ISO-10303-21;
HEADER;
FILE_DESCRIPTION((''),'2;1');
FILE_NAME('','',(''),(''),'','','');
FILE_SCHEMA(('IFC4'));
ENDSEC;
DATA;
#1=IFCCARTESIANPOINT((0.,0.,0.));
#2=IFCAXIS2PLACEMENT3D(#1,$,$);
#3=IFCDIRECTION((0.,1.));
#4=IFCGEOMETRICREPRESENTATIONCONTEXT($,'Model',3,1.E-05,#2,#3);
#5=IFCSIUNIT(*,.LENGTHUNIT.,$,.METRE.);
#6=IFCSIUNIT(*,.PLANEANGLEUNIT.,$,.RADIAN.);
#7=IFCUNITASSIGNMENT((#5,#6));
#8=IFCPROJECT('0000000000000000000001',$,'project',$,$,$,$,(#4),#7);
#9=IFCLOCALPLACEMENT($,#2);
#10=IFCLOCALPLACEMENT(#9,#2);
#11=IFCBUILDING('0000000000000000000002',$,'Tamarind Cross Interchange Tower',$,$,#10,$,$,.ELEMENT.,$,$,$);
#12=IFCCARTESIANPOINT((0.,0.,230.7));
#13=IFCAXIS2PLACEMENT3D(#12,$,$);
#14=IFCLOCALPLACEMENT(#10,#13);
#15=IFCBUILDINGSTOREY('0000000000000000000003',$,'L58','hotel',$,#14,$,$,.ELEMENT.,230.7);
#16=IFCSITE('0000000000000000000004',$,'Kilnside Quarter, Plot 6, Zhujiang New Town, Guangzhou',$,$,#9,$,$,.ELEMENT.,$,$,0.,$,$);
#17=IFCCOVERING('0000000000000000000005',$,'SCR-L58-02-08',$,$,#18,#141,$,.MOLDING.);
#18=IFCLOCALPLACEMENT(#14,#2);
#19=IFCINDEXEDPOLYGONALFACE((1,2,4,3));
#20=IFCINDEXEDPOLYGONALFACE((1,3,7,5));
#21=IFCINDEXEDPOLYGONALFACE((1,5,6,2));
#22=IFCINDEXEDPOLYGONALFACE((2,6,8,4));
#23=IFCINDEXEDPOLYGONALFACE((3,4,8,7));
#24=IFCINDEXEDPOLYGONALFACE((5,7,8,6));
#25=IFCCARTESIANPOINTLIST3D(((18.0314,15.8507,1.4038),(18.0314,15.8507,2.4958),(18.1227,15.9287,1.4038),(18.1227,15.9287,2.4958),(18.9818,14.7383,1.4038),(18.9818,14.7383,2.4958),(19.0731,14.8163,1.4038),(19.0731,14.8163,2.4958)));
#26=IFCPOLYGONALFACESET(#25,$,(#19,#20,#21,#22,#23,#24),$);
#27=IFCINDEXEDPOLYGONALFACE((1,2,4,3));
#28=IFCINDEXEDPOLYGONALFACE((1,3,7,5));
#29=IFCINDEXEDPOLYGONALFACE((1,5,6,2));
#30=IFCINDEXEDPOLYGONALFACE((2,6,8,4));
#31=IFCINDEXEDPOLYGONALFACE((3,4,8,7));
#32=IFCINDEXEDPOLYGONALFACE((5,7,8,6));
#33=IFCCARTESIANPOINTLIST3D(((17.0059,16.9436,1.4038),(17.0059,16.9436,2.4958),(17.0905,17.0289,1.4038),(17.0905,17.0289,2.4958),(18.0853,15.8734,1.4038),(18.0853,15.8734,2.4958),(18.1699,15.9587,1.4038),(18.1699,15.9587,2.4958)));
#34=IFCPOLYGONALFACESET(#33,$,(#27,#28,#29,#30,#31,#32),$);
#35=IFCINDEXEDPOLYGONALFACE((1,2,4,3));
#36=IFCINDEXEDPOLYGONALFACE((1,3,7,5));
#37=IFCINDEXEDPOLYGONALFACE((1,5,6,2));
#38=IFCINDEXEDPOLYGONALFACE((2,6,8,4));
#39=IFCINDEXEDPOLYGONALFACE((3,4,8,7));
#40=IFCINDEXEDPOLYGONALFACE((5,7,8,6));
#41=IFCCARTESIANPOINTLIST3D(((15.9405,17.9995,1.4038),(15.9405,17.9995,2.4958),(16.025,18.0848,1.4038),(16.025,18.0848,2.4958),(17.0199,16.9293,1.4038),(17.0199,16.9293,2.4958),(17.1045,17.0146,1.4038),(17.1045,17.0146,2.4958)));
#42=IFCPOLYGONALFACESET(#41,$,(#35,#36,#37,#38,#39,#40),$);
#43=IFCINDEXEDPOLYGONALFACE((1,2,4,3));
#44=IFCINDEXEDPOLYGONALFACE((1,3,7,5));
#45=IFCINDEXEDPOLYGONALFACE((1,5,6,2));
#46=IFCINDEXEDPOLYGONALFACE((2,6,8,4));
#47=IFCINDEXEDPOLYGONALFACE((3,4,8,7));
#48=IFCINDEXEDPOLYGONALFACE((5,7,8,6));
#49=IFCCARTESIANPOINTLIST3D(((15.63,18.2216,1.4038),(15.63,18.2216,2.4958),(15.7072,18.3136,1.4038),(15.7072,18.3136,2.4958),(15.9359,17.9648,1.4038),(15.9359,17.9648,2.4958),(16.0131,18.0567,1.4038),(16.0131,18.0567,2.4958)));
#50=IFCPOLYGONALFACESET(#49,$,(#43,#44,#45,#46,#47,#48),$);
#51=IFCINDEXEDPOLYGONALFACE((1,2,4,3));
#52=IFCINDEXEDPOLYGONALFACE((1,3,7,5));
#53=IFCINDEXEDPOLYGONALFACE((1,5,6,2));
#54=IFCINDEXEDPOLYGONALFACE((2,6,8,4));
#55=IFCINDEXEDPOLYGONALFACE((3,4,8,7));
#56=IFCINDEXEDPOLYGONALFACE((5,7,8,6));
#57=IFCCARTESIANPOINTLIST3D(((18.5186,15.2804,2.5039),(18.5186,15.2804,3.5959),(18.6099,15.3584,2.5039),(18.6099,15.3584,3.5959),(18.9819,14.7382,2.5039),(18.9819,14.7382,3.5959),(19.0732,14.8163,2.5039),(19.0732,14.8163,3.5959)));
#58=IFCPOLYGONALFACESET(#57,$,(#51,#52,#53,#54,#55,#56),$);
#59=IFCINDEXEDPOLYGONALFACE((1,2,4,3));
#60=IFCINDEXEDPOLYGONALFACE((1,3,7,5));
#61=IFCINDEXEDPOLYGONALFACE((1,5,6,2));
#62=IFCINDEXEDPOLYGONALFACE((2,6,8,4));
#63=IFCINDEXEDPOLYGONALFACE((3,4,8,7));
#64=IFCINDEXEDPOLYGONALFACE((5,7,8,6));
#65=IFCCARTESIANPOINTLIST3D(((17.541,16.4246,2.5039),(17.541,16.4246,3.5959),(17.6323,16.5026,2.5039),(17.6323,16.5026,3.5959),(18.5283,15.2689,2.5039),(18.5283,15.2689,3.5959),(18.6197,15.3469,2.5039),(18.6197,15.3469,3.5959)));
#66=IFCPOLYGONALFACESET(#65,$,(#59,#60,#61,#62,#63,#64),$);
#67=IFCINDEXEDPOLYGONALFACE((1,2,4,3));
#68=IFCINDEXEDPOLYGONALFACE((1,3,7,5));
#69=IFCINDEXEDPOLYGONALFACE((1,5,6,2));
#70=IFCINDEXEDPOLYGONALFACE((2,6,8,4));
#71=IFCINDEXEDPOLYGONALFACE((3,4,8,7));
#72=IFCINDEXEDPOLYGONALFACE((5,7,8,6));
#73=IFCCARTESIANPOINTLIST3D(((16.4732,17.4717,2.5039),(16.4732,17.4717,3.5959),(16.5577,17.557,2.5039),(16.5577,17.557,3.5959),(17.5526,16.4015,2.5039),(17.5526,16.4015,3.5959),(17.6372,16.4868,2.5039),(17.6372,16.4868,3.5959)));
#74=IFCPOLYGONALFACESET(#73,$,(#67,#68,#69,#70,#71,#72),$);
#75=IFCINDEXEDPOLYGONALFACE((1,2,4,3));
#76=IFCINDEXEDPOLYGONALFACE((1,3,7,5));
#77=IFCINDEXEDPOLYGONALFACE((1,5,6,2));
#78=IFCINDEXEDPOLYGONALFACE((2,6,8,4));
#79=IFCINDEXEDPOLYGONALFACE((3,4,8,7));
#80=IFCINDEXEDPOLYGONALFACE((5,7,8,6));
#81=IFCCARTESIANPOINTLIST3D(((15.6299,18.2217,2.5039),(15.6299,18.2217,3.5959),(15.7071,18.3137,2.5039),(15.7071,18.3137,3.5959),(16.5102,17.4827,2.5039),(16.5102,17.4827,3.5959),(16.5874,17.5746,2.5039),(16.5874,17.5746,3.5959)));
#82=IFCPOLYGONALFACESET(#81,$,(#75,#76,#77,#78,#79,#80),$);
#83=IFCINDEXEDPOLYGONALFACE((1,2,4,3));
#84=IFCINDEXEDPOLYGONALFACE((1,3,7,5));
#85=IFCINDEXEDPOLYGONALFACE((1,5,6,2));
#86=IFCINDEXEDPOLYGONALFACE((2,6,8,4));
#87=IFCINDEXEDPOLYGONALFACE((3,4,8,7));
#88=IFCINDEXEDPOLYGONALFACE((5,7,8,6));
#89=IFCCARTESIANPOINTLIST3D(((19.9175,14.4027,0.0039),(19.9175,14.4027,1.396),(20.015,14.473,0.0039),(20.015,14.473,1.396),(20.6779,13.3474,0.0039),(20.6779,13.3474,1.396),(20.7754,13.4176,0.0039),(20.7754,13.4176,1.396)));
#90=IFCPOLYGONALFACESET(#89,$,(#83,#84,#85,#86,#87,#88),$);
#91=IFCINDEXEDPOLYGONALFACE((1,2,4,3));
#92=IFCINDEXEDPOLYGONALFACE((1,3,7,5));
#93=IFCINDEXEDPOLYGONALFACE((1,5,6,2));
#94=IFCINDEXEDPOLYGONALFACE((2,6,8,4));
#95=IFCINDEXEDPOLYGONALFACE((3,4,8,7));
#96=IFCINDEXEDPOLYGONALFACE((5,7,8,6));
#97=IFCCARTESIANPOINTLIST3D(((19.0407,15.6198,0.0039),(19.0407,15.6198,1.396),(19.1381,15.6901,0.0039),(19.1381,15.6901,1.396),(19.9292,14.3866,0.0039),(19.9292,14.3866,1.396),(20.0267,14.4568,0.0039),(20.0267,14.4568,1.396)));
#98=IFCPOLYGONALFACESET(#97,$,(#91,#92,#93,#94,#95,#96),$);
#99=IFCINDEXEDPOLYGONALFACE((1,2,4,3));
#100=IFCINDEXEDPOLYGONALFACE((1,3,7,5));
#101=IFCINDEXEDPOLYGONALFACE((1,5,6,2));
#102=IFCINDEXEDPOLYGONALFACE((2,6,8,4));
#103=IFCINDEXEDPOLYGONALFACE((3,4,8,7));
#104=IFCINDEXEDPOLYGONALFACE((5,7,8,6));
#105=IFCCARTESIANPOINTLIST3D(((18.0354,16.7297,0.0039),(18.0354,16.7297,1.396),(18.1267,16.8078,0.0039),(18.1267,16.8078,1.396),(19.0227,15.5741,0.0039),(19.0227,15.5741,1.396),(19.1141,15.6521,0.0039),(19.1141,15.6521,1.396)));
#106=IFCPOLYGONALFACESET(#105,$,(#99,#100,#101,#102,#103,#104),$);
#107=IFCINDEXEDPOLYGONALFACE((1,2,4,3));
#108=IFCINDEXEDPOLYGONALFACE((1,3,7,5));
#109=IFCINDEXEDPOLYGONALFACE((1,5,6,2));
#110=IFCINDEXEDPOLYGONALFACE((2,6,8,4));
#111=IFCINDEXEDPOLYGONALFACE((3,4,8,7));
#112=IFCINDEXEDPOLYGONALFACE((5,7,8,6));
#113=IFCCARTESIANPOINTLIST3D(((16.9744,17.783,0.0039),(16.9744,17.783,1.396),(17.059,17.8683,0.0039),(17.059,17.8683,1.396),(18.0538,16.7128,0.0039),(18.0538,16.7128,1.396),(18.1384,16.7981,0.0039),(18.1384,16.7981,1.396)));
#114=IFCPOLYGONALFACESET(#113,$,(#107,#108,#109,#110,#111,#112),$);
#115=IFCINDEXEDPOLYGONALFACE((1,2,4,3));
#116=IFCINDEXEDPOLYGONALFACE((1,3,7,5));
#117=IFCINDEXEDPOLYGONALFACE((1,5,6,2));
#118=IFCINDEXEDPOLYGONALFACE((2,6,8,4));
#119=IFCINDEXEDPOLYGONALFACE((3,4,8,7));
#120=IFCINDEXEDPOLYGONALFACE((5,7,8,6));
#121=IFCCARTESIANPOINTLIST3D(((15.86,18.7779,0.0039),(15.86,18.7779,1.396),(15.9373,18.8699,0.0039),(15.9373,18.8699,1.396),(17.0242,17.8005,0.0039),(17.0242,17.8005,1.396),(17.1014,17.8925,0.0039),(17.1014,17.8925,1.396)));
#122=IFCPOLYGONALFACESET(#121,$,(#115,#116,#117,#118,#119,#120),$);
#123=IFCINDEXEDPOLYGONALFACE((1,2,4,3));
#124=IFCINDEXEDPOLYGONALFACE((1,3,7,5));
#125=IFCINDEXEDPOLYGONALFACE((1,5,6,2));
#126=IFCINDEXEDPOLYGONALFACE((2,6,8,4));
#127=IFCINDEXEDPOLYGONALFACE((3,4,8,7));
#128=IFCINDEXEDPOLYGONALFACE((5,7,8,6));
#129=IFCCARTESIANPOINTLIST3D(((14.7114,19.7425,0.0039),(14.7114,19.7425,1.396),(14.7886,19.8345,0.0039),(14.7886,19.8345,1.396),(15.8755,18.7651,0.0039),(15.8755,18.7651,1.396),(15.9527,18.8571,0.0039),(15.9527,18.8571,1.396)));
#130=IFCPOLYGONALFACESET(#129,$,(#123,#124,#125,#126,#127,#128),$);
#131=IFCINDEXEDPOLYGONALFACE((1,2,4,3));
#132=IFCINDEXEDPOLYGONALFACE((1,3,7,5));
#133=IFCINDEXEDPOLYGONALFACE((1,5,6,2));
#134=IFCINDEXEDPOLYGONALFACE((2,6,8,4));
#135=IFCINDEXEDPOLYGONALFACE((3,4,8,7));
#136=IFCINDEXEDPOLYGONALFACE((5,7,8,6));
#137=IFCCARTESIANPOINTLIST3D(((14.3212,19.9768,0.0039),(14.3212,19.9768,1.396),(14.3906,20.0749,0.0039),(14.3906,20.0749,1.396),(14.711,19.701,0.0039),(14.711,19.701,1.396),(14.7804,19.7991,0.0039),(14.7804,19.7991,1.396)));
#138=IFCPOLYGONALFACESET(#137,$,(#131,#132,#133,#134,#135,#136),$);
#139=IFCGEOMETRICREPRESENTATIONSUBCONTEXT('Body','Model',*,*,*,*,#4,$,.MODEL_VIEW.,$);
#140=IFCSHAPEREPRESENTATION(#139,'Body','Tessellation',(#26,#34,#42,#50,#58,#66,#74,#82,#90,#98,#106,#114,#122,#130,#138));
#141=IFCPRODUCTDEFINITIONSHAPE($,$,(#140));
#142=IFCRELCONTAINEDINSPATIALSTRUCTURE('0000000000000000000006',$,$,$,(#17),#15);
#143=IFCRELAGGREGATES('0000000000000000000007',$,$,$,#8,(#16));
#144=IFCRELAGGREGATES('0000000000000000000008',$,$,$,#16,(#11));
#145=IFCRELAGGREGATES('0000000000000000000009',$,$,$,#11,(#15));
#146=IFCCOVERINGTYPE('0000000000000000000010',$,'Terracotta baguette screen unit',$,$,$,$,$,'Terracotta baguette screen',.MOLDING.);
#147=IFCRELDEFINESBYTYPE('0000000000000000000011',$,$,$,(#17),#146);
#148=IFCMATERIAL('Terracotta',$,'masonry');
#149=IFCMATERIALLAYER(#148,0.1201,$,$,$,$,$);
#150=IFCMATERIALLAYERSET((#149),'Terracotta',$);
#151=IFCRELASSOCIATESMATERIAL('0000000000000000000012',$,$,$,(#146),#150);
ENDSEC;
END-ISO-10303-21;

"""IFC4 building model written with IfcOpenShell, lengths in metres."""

from ifc_helpers import new_model, si_unit, direction, frame, origin, origin_2d, place, context, subcontext, project, spatial, rectangle, extrude, material, layer, layer_set, type_object, element, save


model = new_model("IFC4")

# Units and contexts
model_context = context("Model", 3, precision=1e-05, world=origin(), true_north=direction((0.0, 1.0)))
body_context = subcontext(model_context, "Body", "Model", "MODEL_VIEW")
ifc_project = project(units=[si_unit("LENGTHUNIT", "METRE"), si_unit("PLANEANGLEUNIT", "RADIAN")], contexts=[model_context])

# Site, building, storey
site_placement = place(None, origin())
site = spatial("IfcSite", under=ifc_project, at=site_placement, Name="Kilnside Quarter, Plot 6, Zhujiang New Town, Guangzhou", CompositionType="ELEMENT", RefElevation=0.0)
building_placement = place(site_placement, origin())
building = spatial("IfcBuilding", under=site, at=building_placement, Name="Tamarind Cross Interchange Tower", CompositionType="ELEMENT")
storey_placement = place(building_placement, frame((0.0, 0.0, 230.7)))
storey = spatial("IfcBuildingStorey", under=building, at=storey_placement, Name="L58", Description="hotel", CompositionType="ELEMENT", Elevation=230.7)

# Covering
ifc_material_1 = material(Name="Terracotta", Category="masonry")
ifc_layer_1 = layer(ifc_material_1, 0.1201)
ifc_layer_set_1 = layer_set([ifc_layer_1], Name="Terracotta")
covering_type = type_object("IfcCoveringType", Name="Terracotta baguette screen unit", ElementType="Terracotta baguette screen", PredefinedType="MOLDING", material=ifc_layer_set_1)
covering_1_placement = place(storey_placement, origin())
element("IfcCovering", 1, at=covering_1_placement, inside=storey, type_object=covering_type, Name="SCR-L58-02-08", PredefinedType="MOLDING", context=body_context, shape_type="SweptSolid", body=[
    extrude(rectangle(XDim=1.4631, YDim=0.1201, at=origin_2d()), frame((18.5522, 15.3335, 1.4038), z_axis=(0.0, 0.0, 1.0), x_axis=(-0.649577, 0.760296, 0.0)), (0.0, 0.0, 1.0), 1.092),
    extrude(rectangle(XDim=1.52, YDim=0.1201, at=origin_2d()), frame((17.5879, 16.4512, 1.4038), z_axis=(0.0, 0.0, 1.0), x_axis=(-0.710143, 0.704057, 0.0)), (0.0, 0.0, 1.0), 1.092),
    extrude(rectangle(XDim=1.52, YDim=0.1201, at=origin_2d()), frame((16.5225, 17.5071, 1.4038), z_axis=(0.0, 0.0, 1.0), x_axis=(-0.710143, 0.704057, 0.0)), (0.0, 0.0, 1.0), 1.092),
    extrude(rectangle(XDim=0.3994, YDim=0.1201, at=origin_2d()), frame((15.8215, 18.1392, 1.4038), z_axis=(0.0, 0.0, 1.0), x_axis=(-0.765858, 0.643009, 0.0)), (0.0, 0.0, 1.0), 1.092),
    extrude(rectangle(XDim=0.7131, YDim=0.1201, at=origin_2d()), frame((18.7959, 15.0483, 2.5039), z_axis=(0.0, 0.0, 1.0), x_axis=(-0.649577, 0.760296, 0.0)), (0.0, 0.0, 1.0), 1.092),
    extrude(rectangle(XDim=1.52, YDim=0.1201, at=origin_2d()), frame((18.0803, 15.8857, 2.5039), z_axis=(0.0, 0.0, 1.0), x_axis=(-0.649577, 0.760296, 0.0)), (0.0, 0.0, 1.0), 1.092),
    extrude(rectangle(XDim=1.52, YDim=0.1201, at=origin_2d()), frame((17.0552, 16.9792, 2.5039), z_axis=(0.0, 0.0, 1.0), x_axis=(-0.710143, 0.704057, 0.0)), (0.0, 0.0, 1.0), 1.092),
    extrude(rectangle(XDim=1.1494, YDim=0.1201, at=origin_2d()), frame((16.1086, 17.8982, 2.5039), z_axis=(0.0, 0.0, 1.0), x_axis=(-0.765858, 0.643009, 0.0)), (0.0, 0.0, 1.0), 1.092),
    extrude(rectangle(XDim=1.3008, YDim=0.1201, at=origin_2d()), frame((20.3464, 13.9102, 0.0039), z_axis=(0.0, 0.0, 1.0), x_axis=(-0.584574, 0.81134, 0.0)), (0.0, 0.0, 1.0), 1.3921),
    extrude(rectangle(XDim=1.52, YDim=0.1201, at=origin_2d()), frame((19.5337, 15.0383, 0.0039), z_axis=(0.0, 0.0, 1.0), x_axis=(-0.584574, 0.81134, 0.0)), (0.0, 0.0, 1.0), 1.3921),
    extrude(rectangle(XDim=1.52, YDim=0.1201, at=origin_2d()), frame((18.5747, 16.1909, 0.0039), z_axis=(0.0, 0.0, 1.0), x_axis=(-0.649577, 0.760296, 0.0)), (0.0, 0.0, 1.0), 1.3921),
    extrude(rectangle(XDim=1.52, YDim=0.1201, at=origin_2d()), frame((17.5564, 17.2905, 0.0039), z_axis=(0.0, 0.0, 1.0), x_axis=(-0.710143, 0.704057, 0.0)), (0.0, 0.0, 1.0), 1.3921),
    extrude(rectangle(XDim=1.52, YDim=0.1201, at=origin_2d()), frame((16.4807, 18.3352, 0.0039), z_axis=(0.0, 0.0, 1.0), x_axis=(-0.765858, 0.643009, 0.0)), (0.0, 0.0, 1.0), 1.3921),
    extrude(rectangle(XDim=1.52, YDim=0.1201, at=origin_2d()), frame((15.332, 19.2998, 0.0039), z_axis=(0.0, 0.0, 1.0), x_axis=(-0.765858, 0.643009, 0.0)), (0.0, 0.0, 1.0), 1.3921),
    extrude(rectangle(XDim=0.4775, YDim=0.1201, at=origin_2d()), frame((14.5508, 19.8879, 0.0039), z_axis=(0.0, 0.0, 1.0), x_axis=(-0.816342, 0.577569, 0.0)), (0.0, 0.0, 1.0), 1.3921),
])

save(model, "model.ifc")
